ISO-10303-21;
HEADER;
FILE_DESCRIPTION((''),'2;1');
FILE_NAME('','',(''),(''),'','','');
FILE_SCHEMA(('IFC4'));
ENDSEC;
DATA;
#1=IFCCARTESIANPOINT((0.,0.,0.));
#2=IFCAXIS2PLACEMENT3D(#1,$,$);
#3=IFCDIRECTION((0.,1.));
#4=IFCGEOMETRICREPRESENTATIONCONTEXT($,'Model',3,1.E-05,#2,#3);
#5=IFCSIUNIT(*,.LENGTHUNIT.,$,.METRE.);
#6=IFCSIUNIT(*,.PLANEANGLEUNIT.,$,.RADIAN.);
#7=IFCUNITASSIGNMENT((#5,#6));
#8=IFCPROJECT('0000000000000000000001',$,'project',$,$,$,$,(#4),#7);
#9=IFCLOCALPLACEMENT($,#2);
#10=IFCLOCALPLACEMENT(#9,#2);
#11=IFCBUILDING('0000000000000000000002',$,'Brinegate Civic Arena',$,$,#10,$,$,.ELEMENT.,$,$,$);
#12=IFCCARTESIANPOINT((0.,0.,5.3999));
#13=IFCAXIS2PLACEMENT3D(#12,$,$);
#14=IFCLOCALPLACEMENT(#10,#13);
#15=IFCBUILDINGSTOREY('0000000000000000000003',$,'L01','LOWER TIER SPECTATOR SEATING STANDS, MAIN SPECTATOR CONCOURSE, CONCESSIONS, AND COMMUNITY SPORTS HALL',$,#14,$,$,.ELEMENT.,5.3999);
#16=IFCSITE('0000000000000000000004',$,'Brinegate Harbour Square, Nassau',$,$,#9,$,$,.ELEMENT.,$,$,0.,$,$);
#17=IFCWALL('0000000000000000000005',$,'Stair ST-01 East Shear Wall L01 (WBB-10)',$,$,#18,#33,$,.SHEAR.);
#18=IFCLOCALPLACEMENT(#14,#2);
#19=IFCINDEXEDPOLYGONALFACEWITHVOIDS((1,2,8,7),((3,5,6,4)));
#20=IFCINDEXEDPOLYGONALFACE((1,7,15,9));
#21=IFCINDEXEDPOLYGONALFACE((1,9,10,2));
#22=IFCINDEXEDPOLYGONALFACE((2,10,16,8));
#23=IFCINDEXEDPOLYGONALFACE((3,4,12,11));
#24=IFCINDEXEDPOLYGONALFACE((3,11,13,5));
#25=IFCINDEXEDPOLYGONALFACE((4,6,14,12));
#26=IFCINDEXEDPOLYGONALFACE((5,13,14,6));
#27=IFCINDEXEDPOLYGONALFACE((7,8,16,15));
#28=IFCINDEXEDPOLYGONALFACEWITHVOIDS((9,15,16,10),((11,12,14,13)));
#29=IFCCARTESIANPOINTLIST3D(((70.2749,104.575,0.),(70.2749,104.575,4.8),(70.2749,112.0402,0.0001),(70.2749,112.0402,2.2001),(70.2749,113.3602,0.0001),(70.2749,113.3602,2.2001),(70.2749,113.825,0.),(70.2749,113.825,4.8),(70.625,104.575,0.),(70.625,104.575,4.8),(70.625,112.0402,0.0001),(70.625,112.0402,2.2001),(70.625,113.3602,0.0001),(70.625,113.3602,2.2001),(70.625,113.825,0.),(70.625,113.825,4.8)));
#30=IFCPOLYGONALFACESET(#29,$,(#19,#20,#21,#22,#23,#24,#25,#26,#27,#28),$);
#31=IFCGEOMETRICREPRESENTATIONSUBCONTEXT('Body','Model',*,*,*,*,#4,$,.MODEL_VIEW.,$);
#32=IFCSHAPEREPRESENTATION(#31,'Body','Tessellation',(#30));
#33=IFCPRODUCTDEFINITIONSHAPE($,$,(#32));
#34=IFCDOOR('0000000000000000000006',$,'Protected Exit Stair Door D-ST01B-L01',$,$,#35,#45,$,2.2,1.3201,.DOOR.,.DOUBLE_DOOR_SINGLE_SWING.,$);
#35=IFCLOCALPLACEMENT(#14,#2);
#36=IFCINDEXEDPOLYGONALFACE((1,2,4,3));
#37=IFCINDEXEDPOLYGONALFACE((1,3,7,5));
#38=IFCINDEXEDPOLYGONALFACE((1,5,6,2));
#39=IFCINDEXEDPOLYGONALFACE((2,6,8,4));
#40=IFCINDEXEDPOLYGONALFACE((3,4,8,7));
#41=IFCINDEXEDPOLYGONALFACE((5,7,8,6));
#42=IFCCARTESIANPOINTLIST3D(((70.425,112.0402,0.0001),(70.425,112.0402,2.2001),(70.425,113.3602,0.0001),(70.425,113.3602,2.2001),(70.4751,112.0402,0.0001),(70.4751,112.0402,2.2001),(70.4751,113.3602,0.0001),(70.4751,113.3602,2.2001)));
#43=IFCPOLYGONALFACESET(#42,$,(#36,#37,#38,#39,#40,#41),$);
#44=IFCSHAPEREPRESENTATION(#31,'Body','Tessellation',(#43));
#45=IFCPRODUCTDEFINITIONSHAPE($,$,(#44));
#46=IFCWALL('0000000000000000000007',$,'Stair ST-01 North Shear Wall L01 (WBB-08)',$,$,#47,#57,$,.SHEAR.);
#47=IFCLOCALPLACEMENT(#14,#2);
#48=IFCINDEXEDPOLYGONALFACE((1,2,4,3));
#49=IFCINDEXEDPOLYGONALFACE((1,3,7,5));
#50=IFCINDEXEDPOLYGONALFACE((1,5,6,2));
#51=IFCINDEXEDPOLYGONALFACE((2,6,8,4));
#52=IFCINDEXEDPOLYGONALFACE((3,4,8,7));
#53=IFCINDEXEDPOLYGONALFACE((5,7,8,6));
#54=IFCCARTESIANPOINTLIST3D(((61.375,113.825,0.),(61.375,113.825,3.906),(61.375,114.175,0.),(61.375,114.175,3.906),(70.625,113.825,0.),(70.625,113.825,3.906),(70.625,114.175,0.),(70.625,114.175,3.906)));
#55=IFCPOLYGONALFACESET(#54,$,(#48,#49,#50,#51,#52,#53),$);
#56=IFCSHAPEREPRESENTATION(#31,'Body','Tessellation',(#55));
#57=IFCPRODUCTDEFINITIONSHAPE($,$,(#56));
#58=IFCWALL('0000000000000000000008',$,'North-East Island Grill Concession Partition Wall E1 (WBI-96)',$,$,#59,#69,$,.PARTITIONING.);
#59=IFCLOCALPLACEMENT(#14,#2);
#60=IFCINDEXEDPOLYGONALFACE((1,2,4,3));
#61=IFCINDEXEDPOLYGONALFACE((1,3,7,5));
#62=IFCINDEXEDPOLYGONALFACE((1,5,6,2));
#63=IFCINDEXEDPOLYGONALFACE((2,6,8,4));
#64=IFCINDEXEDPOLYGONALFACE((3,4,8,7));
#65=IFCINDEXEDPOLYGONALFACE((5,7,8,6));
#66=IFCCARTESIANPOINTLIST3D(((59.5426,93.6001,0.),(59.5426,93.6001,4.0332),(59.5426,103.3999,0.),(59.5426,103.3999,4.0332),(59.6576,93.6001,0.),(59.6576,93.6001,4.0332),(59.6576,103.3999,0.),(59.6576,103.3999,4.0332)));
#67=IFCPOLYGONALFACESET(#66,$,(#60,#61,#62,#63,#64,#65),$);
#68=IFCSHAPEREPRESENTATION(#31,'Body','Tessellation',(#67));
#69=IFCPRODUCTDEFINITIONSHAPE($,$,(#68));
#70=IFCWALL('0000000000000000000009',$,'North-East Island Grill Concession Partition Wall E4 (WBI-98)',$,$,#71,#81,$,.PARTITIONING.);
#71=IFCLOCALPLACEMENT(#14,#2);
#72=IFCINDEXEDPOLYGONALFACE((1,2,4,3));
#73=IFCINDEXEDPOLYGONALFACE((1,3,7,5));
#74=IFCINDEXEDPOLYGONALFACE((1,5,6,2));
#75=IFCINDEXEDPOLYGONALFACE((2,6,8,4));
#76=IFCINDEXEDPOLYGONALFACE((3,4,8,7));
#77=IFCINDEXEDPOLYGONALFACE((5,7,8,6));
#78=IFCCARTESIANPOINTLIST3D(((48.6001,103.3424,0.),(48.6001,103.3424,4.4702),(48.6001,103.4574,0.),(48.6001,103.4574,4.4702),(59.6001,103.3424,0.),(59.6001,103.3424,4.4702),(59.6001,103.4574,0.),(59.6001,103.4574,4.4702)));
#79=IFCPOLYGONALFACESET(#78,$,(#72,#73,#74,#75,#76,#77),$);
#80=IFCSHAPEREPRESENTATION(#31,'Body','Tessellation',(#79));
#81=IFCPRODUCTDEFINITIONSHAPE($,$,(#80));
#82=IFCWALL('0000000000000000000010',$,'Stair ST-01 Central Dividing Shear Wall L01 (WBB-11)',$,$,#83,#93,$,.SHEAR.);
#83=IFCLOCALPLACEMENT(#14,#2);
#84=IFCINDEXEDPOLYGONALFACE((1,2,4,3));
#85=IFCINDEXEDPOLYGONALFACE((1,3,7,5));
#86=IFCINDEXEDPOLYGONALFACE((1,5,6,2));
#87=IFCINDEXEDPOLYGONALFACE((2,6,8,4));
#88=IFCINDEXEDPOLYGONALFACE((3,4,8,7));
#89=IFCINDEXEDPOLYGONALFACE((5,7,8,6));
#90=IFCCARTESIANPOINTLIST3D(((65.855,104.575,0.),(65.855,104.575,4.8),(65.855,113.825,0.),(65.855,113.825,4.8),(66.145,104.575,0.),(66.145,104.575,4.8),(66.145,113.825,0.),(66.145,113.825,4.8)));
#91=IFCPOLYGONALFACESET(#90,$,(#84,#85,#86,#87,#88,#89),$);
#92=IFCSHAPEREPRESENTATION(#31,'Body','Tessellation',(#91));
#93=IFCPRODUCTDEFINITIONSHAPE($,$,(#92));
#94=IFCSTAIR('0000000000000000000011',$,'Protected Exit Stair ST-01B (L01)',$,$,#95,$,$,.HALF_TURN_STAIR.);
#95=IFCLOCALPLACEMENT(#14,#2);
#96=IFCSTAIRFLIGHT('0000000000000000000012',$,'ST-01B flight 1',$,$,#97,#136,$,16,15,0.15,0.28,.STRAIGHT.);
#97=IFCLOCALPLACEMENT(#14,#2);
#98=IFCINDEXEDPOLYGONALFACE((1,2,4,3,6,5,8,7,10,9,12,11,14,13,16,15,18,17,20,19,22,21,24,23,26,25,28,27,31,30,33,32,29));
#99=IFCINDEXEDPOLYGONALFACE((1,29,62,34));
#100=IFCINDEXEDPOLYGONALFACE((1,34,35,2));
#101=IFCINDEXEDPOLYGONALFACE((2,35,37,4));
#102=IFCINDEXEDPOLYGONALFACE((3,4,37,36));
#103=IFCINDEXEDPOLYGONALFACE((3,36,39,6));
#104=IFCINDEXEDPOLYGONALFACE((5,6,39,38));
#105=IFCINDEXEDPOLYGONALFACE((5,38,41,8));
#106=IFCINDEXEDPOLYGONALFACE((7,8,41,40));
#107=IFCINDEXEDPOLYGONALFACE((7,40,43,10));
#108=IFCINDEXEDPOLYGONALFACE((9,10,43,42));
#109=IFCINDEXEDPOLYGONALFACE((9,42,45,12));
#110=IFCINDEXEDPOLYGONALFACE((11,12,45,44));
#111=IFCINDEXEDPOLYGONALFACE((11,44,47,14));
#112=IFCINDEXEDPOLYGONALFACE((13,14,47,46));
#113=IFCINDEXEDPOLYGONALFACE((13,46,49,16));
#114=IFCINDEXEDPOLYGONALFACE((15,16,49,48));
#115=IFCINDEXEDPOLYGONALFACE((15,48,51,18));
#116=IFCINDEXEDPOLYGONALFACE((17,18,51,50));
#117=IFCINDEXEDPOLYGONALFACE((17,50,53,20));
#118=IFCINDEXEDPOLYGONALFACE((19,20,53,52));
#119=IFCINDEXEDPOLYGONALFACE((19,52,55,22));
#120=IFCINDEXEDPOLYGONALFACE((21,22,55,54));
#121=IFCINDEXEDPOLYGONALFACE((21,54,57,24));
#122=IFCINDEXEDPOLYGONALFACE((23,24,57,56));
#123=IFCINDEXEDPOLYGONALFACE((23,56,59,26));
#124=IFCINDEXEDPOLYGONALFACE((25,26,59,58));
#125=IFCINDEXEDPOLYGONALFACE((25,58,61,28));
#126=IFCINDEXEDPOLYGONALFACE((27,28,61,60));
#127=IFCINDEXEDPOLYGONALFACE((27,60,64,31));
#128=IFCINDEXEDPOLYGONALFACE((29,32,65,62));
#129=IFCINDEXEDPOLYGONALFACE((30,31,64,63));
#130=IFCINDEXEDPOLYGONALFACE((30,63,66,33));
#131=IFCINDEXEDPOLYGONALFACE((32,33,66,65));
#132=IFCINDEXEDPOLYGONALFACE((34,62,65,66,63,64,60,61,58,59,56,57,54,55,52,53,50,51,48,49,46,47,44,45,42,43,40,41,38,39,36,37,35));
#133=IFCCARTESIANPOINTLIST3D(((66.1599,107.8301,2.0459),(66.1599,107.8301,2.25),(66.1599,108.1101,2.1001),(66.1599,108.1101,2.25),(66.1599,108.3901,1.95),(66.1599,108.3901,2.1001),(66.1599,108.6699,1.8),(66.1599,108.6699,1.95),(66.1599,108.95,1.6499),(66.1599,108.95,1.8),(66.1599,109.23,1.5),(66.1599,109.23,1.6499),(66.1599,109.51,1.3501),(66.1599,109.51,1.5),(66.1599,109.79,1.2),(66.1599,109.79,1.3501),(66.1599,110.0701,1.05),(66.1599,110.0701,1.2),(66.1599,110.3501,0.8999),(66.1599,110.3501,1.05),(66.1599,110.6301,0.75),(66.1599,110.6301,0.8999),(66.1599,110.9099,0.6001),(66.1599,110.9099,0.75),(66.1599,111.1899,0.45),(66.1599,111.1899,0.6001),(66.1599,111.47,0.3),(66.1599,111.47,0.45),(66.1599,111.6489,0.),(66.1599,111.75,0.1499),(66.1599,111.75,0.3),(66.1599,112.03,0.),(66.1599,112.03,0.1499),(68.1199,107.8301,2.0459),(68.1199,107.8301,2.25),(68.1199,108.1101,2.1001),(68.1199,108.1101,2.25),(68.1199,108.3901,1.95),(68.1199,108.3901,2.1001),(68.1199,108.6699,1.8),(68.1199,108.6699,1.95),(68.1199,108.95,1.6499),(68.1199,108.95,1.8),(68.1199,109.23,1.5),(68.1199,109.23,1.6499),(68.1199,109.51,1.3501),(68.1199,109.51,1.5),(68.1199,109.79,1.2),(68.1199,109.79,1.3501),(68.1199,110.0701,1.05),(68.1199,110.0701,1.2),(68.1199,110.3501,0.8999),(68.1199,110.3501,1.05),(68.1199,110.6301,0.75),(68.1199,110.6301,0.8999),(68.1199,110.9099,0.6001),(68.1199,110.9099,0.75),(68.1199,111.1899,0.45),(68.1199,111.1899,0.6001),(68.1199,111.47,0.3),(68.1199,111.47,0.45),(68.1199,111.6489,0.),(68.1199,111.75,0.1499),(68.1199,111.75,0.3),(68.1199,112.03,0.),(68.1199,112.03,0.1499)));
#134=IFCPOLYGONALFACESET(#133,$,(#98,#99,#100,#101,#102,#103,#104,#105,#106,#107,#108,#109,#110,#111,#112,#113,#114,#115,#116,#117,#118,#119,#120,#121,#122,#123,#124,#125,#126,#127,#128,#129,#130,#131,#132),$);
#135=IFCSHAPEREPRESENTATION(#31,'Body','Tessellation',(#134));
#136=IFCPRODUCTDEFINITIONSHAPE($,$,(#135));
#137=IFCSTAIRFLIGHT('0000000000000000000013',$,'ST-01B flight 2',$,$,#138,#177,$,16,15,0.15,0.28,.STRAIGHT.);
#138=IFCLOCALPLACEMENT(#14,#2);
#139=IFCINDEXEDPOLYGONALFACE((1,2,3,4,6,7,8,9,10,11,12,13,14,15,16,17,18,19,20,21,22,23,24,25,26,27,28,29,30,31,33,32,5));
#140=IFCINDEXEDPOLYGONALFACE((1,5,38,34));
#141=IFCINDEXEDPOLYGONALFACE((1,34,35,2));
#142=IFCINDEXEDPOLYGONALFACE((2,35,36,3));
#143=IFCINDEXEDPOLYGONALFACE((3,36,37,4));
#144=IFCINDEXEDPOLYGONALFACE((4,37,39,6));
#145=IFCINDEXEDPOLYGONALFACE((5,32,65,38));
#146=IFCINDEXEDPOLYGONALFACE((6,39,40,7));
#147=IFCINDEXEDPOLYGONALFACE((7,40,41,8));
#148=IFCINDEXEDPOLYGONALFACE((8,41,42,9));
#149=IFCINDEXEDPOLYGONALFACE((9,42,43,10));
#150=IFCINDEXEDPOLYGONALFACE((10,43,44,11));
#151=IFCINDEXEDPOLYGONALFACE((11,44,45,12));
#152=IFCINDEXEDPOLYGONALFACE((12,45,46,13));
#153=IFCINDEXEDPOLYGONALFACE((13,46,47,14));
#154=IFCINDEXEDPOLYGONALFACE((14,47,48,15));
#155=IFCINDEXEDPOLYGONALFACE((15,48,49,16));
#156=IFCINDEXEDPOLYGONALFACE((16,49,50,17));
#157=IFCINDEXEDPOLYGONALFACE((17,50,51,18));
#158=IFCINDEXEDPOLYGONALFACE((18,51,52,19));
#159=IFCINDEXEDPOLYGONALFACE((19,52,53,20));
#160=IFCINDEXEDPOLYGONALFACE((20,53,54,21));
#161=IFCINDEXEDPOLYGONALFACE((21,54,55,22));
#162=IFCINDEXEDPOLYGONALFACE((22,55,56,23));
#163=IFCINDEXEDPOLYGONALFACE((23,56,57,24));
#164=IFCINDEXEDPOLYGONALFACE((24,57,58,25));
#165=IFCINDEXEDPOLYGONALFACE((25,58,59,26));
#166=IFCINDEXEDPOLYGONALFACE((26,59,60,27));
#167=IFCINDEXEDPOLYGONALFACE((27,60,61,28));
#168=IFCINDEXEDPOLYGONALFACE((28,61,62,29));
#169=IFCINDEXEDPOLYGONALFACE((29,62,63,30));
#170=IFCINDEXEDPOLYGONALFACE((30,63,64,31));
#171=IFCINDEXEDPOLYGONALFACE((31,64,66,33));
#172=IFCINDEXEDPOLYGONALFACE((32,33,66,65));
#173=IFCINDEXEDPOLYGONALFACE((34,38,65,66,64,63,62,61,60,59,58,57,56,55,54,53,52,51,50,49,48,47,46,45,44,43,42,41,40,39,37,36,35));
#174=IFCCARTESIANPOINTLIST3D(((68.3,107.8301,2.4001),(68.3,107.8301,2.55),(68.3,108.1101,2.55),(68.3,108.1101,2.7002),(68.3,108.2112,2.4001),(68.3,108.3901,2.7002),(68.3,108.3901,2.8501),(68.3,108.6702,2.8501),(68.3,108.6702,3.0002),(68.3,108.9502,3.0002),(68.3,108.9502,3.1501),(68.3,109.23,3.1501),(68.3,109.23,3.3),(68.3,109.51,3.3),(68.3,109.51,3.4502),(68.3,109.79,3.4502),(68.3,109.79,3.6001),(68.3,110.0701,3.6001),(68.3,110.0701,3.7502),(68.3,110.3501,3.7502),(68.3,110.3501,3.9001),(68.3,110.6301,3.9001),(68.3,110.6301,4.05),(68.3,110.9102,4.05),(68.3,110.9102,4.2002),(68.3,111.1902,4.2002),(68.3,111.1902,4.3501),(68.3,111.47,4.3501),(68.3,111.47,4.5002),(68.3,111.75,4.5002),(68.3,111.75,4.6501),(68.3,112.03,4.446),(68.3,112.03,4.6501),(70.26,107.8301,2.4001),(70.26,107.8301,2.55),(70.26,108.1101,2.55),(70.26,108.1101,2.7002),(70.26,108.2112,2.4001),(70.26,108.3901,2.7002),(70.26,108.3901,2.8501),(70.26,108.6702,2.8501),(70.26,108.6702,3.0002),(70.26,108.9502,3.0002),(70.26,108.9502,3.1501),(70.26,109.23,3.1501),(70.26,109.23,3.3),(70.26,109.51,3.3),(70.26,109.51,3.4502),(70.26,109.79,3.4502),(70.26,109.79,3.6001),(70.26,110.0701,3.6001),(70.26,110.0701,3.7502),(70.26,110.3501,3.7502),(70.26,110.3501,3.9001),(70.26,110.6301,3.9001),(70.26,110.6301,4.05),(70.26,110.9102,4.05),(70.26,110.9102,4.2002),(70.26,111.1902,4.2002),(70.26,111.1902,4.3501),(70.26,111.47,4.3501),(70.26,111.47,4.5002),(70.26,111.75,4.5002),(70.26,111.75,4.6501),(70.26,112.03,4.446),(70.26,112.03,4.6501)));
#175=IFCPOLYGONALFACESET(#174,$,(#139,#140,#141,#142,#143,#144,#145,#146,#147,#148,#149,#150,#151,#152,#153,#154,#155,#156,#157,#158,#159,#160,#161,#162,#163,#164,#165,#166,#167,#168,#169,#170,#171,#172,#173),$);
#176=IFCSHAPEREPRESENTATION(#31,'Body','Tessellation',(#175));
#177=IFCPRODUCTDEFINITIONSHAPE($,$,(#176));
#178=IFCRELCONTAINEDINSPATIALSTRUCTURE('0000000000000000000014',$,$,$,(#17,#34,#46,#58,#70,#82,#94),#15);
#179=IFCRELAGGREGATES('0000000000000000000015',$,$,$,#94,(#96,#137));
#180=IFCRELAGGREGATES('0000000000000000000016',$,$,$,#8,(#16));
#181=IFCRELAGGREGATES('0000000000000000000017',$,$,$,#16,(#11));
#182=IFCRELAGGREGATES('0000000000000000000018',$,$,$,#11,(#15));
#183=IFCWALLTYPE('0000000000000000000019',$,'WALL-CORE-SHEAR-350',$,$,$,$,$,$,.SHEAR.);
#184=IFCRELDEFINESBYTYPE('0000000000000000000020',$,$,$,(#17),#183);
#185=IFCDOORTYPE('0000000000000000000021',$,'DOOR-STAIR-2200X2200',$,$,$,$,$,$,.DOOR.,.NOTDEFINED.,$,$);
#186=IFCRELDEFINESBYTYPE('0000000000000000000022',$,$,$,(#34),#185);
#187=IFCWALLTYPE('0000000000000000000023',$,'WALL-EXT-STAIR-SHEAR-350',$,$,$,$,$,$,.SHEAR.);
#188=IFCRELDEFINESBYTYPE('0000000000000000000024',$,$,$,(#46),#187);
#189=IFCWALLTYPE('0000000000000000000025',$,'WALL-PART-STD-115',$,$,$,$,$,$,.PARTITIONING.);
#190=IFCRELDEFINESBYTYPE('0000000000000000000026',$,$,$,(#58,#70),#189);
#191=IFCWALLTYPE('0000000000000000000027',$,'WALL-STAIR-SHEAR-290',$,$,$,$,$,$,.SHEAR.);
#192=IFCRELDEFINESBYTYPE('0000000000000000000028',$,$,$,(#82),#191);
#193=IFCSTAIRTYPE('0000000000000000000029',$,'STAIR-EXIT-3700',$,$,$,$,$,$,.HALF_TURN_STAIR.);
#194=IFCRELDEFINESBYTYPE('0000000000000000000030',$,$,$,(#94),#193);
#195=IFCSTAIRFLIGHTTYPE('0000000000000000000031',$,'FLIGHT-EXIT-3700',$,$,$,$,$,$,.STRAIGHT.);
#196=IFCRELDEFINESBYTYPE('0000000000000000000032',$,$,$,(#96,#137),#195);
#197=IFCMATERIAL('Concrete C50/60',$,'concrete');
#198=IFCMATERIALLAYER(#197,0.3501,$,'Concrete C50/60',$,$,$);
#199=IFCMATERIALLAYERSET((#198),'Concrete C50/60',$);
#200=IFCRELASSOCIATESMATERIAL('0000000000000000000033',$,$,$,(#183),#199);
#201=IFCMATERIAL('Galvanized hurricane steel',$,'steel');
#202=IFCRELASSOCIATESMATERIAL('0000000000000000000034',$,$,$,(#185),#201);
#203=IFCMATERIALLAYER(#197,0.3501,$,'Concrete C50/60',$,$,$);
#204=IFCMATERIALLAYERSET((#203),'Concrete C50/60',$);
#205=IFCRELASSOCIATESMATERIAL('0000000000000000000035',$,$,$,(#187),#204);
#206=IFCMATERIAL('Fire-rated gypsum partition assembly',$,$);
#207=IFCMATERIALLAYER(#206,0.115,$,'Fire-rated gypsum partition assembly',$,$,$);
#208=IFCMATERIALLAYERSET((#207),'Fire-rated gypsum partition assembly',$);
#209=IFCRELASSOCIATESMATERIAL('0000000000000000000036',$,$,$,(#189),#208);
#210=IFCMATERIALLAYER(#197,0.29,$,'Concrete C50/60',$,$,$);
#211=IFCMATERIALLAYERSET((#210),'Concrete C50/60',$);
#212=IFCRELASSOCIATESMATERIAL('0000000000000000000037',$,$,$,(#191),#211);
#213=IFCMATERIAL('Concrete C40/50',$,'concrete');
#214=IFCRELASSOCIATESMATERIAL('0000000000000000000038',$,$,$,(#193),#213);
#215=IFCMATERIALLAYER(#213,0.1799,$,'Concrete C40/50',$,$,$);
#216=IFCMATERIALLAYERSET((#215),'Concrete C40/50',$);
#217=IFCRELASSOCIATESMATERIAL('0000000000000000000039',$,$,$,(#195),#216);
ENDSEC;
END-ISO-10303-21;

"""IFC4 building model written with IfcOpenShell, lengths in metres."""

from ifc_helpers import new_model, si_unit, direction, frame, frame_2d, origin, place, context, subcontext, project, spatial, polyline, rectangle, outline, extrude, material, layer, layer_set, type_object, element, fill, aggregate, save


model = new_model("IFC4")

# Units and contexts
model_context = context("Model", 3, precision=1e-05, world=origin(), true_north=direction((0.0, 1.0)))
body_context = subcontext(model_context, "Body", "Model", "MODEL_VIEW")
ifc_project = project(units=[si_unit("LENGTHUNIT", "METRE"), si_unit("PLANEANGLEUNIT", "RADIAN")], contexts=[model_context])

# Site, building, storey
site_placement = place(None, origin())
site = spatial("IfcSite", under=ifc_project, at=site_placement, Name="Brinegate Harbour Square, Nassau", CompositionType="ELEMENT", RefElevation=0.0)
building_placement = place(site_placement, origin())
building = spatial("IfcBuilding", under=site, at=building_placement, Name="Brinegate Civic Arena", CompositionType="ELEMENT")
storey_placement = place(building_placement, frame((0.0, 0.0, 5.3999)))
storey = spatial("IfcBuildingStorey", under=building, at=storey_placement, Name="L01", Description="LOWER TIER SPECTATOR SEATING STANDS, MAIN SPECTATOR CONCOURSE, CONCESSIONS, AND COMMUNITY SPORTS HALL", CompositionType="ELEMENT", Elevation=5.3999)

# Shared definitions
ifc_material_1 = material(Name="Concrete C50/60", Category="concrete")

# Shared definitions
ifc_layer_1 = layer(ifc_material_1, 0.3501, Name="Concrete C50/60")
ifc_layer_set_1 = layer_set([ifc_layer_1], Name="Concrete C50/60")
wall_type_1 = type_object("IfcWallType", Name="WALL-CORE-SHEAR-350", PredefinedType="SHEAR", material=ifc_layer_set_1)

# Wall, opening, door
ifc_material_2 = material(Name="Galvanized hurricane steel", Category="steel")
wall_1_placement = place(storey_placement, frame((70.45, 104.575, 0.0), z_axis=(0.0, 0.0, 1.0), x_axis=(0.0, 1.0, 0.0)))
wall_1 = element("IfcWall", 1, at=wall_1_placement, inside=storey, type_object=wall_type_1, Name="Stair ST-01 East Shear Wall L01 (WBB-10)", PredefinedType="SHEAR", context=body_context, shape_type="SweptSolid", body=[
    extrude(rectangle(XDim=9.25, YDim=0.3501, at=frame_2d((4.625, 0.0))), origin(), (0.0, 0.0, 1.0), 4.8),
])
opening_1_placement = place(wall_1_placement, frame((7.4651, 0.0, 0.0)))
opening_1 = element("IfcOpeningElement", 2, at=opening_1_placement, cuts=wall_1, PredefinedType="OPENING", context=body_context, shape_type="SweptSolid", body=[
    extrude(rectangle(XDim=1.3201, YDim=2.2, at=frame_2d((0.6602, 1.1001))), frame((0.0, 0.1851, 0.0), z_axis=(0.0, -1.0, 0.0), x_axis=(1.0, 0.0, 0.0)), (0.0, 0.0, 1.0), 0.3701),
])
door_type_1 = type_object("IfcDoorType", Name="DOOR-STAIR-2200X2200", OperationType="NOTDEFINED", PredefinedType="DOOR", material=ifc_material_2)
door_1_placement = place(opening_1_placement, origin())
door_1 = element("IfcDoor", 3, at=door_1_placement, inside=storey, type_object=door_type_1, Name="Protected Exit Stair Door D-ST01B-L01", OperationType="DOUBLE_DOOR_SINGLE_SWING", OverallHeight=2.2, OverallWidth=1.3201, PredefinedType="DOOR", context=body_context, shape_type="SweptSolid", body=[
    extrude(rectangle(XDim=1.3201, YDim=2.2, at=frame_2d((0.6602, 1.1001))), frame((0.0, 0.0249, 0.0), z_axis=(0.0, -1.0, 0.0), x_axis=(1.0, 0.0, 0.0)), (0.0, 0.0, 1.0), 0.05),
])
fill(opening_1, door_1)

# Walls
ifc_layer_2 = layer(ifc_material_1, 0.3501, Name="Concrete C50/60")
ifc_layer_set_2 = layer_set([ifc_layer_2], Name="Concrete C50/60")
wall_type_2 = type_object("IfcWallType", Name="WALL-EXT-STAIR-SHEAR-350", PredefinedType="SHEAR", material=ifc_layer_set_2)
wall_2_placement = place(storey_placement, frame((61.375, 114.0, 0.0), z_axis=(0.0, 0.0, 1.0), x_axis=(1.0, 0.0, 0.0)))
element("IfcWall", 4, at=wall_2_placement, inside=storey, type_object=wall_type_2, Name="Stair ST-01 North Shear Wall L01 (WBB-08)", PredefinedType="SHEAR", context=body_context, shape_type="SweptSolid", body=[
    extrude(rectangle(XDim=9.25, YDim=0.3501, at=frame_2d((4.625, 0.0))), origin(), (0.0, 0.0, 1.0), 3.906),
])
ifc_material_3 = material(Name="Fire-rated gypsum partition assembly")
ifc_layer_3 = layer(ifc_material_3, 0.115, Name="Fire-rated gypsum partition assembly")
ifc_layer_set_3 = layer_set([ifc_layer_3], Name="Fire-rated gypsum partition assembly")
wall_type_3 = type_object("IfcWallType", Name="WALL-PART-STD-115", PredefinedType="PARTITIONING", material=ifc_layer_set_3)
wall_3_placement = place(storey_placement, frame((59.6001, 103.3999, 0.0), z_axis=(0.0, 0.0, 1.0), x_axis=(0.0, -1.0, 0.0)))
element("IfcWall", 5, at=wall_3_placement, inside=storey, type_object=wall_type_3, Name="North-East Island Grill Concession Partition Wall E1 (WBI-96)", PredefinedType="PARTITIONING", context=body_context, shape_type="SweptSolid", body=[
    extrude(rectangle(XDim=9.7998, YDim=0.115, at=frame_2d((4.8999, 0.0))), origin(), (0.0, 0.0, 1.0), 4.0332),
])
wall_4_placement = place(storey_placement, frame((48.6001, 103.3999, 0.0), z_axis=(0.0, 0.0, 1.0), x_axis=(1.0, 0.0, 0.0)))
element("IfcWall", 6, at=wall_4_placement, inside=storey, type_object=wall_type_3, Name="North-East Island Grill Concession Partition Wall E4 (WBI-98)", PredefinedType="PARTITIONING", context=body_context, shape_type="SweptSolid", body=[
    extrude(rectangle(XDim=11.0, YDim=0.115, at=frame_2d((5.5, 0.0))), origin(), (0.0, 0.0, 1.0), 4.4702),
])
ifc_layer_4 = layer(ifc_material_1, 0.29, Name="Concrete C50/60")
ifc_layer_set_4 = layer_set([ifc_layer_4], Name="Concrete C50/60")
wall_type_4 = type_object("IfcWallType", Name="WALL-STAIR-SHEAR-290", PredefinedType="SHEAR", material=ifc_layer_set_4)
wall_5_placement = place(storey_placement, frame((66.0, 104.575, 0.0), z_axis=(0.0, 0.0, 1.0), x_axis=(0.0, 1.0, 0.0)))
element("IfcWall", 7, at=wall_5_placement, inside=storey, type_object=wall_type_4, Name="Stair ST-01 Central Dividing Shear Wall L01 (WBB-11)", PredefinedType="SHEAR", context=body_context, shape_type="SweptSolid", body=[
    extrude(rectangle(XDim=9.25, YDim=0.29, at=frame_2d((4.625, 0.0))), origin(), (0.0, 0.0, 1.0), 4.8),
])

# Stair, stair flights
ifc_material_4 = material(Name="Concrete C40/50", Category="concrete")
stair_type_1 = type_object("IfcStairType", Name="STAIR-EXIT-3700", PredefinedType="HALF_TURN_STAIR", material=ifc_material_4)
stair_1_placement = place(storey_placement, origin())
stair_1 = element("IfcStair", 8, at=stair_1_placement, inside=storey, type_object=stair_type_1, Name="Protected Exit Stair ST-01B (L01)", PredefinedType="HALF_TURN_STAIR")
ifc_layer_5 = layer(ifc_material_4, 0.1799, Name="Concrete C40/50")
ifc_layer_set_5 = layer_set([ifc_layer_5], Name="Concrete C40/50")
stair_flight_type_1 = type_object("IfcStairFlightType", Name="FLIGHT-EXIT-3700", PredefinedType="STRAIGHT", material=ifc_layer_set_5)
stair_flight_1_placement = place(storey_placement, frame((67.1399, 112.03, 0.0), z_axis=(0.0, 0.0, 1.0), x_axis=(0.0, -1.0, 0.0)))
stair_flight_1 = element("IfcStairFlight", 9, at=stair_flight_1_placement, type_object=stair_flight_type_1, Name="ST-01B flight 1", NumberOfRisers=16, NumberOfTreads=15, PredefinedType="STRAIGHT", RiserHeight=0.15, TreadLength=0.28, context=body_context, shape_type="SweptSolid", body=[
    extrude(outline(polyline([(0.0, 0.0), (0.0, 0.1499), (0.28, 0.1499), (0.28, 0.3), (0.5601, 0.3), (0.5601, 0.45), (0.8401, 0.45), (0.8401, 0.6001), (1.1201, 0.6001), (1.1201, 0.75), (1.3999, 0.75), (1.3999, 0.8999), (1.6799, 0.8999), (1.6799, 1.05), (1.96, 1.05), (1.96, 1.2), (2.24, 1.2), (2.24, 1.3501), (2.52, 1.3501), (2.52, 1.5), (2.8, 1.5), (2.8, 1.6499), (3.0801, 1.6499), (3.0801, 1.8), (3.3601, 1.8), (3.3601, 1.95), (3.6399, 1.95), (3.6399, 2.1001), (3.9199, 2.1001), (3.9199, 2.25), (4.2, 2.25), (4.2, 2.3999), (4.2, 2.0459), (0.3811, 0.0), (0.0, 0.0)])), frame((0.0, 0.98, 0.0), z_axis=(0.0, -1.0, 0.0), x_axis=(1.0, 0.0, 0.0)), (0.0, 0.0, 1.0), 1.96),
])
stair_flight_2_placement = place(storey_placement, frame((69.28, 107.8301, 2.4001), z_axis=(0.0, 0.0, 1.0), x_axis=(0.0, 1.0, 0.0)))
stair_flight_2 = element("IfcStairFlight", 10, at=stair_flight_2_placement, type_object=stair_flight_type_1, Name="ST-01B flight 2", NumberOfRisers=16, NumberOfTreads=15, PredefinedType="STRAIGHT", RiserHeight=0.15, TreadLength=0.28, context=body_context, shape_type="SweptSolid", body=[
    extrude(outline(polyline([(0.0, 0.0), (0.0, 0.1499), (0.28, 0.1499), (0.28, 0.3), (0.5601, 0.3), (0.5601, 0.45), (0.8401, 0.45), (0.8401, 0.6001), (1.1201, 0.6001), (1.1201, 0.75), (1.3999, 0.75), (1.3999, 0.8999), (1.6799, 0.8999), (1.6799, 1.05), (1.96, 1.05), (1.96, 1.2), (2.24, 1.2), (2.24, 1.3501), (2.52, 1.3501), (2.52, 1.5), (2.8, 1.5), (2.8, 1.6499), (3.0801, 1.6499), (3.0801, 1.8), (3.3601, 1.8), (3.3601, 1.95), (3.6399, 1.95), (3.6399, 2.1001), (3.9199, 2.1001), (3.9199, 2.25), (4.2, 2.25), (4.2, 2.3999), (4.2, 2.0459), (0.3811, 0.0), (0.0, 0.0)])), frame((0.0, 0.98, 0.0), z_axis=(0.0, -1.0, 0.0), x_axis=(1.0, 0.0, 0.0)), (0.0, 0.0, 1.0), 1.96),
])
aggregate(stair_1, [stair_flight_1, stair_flight_2])

save(model, "model.ifc")
